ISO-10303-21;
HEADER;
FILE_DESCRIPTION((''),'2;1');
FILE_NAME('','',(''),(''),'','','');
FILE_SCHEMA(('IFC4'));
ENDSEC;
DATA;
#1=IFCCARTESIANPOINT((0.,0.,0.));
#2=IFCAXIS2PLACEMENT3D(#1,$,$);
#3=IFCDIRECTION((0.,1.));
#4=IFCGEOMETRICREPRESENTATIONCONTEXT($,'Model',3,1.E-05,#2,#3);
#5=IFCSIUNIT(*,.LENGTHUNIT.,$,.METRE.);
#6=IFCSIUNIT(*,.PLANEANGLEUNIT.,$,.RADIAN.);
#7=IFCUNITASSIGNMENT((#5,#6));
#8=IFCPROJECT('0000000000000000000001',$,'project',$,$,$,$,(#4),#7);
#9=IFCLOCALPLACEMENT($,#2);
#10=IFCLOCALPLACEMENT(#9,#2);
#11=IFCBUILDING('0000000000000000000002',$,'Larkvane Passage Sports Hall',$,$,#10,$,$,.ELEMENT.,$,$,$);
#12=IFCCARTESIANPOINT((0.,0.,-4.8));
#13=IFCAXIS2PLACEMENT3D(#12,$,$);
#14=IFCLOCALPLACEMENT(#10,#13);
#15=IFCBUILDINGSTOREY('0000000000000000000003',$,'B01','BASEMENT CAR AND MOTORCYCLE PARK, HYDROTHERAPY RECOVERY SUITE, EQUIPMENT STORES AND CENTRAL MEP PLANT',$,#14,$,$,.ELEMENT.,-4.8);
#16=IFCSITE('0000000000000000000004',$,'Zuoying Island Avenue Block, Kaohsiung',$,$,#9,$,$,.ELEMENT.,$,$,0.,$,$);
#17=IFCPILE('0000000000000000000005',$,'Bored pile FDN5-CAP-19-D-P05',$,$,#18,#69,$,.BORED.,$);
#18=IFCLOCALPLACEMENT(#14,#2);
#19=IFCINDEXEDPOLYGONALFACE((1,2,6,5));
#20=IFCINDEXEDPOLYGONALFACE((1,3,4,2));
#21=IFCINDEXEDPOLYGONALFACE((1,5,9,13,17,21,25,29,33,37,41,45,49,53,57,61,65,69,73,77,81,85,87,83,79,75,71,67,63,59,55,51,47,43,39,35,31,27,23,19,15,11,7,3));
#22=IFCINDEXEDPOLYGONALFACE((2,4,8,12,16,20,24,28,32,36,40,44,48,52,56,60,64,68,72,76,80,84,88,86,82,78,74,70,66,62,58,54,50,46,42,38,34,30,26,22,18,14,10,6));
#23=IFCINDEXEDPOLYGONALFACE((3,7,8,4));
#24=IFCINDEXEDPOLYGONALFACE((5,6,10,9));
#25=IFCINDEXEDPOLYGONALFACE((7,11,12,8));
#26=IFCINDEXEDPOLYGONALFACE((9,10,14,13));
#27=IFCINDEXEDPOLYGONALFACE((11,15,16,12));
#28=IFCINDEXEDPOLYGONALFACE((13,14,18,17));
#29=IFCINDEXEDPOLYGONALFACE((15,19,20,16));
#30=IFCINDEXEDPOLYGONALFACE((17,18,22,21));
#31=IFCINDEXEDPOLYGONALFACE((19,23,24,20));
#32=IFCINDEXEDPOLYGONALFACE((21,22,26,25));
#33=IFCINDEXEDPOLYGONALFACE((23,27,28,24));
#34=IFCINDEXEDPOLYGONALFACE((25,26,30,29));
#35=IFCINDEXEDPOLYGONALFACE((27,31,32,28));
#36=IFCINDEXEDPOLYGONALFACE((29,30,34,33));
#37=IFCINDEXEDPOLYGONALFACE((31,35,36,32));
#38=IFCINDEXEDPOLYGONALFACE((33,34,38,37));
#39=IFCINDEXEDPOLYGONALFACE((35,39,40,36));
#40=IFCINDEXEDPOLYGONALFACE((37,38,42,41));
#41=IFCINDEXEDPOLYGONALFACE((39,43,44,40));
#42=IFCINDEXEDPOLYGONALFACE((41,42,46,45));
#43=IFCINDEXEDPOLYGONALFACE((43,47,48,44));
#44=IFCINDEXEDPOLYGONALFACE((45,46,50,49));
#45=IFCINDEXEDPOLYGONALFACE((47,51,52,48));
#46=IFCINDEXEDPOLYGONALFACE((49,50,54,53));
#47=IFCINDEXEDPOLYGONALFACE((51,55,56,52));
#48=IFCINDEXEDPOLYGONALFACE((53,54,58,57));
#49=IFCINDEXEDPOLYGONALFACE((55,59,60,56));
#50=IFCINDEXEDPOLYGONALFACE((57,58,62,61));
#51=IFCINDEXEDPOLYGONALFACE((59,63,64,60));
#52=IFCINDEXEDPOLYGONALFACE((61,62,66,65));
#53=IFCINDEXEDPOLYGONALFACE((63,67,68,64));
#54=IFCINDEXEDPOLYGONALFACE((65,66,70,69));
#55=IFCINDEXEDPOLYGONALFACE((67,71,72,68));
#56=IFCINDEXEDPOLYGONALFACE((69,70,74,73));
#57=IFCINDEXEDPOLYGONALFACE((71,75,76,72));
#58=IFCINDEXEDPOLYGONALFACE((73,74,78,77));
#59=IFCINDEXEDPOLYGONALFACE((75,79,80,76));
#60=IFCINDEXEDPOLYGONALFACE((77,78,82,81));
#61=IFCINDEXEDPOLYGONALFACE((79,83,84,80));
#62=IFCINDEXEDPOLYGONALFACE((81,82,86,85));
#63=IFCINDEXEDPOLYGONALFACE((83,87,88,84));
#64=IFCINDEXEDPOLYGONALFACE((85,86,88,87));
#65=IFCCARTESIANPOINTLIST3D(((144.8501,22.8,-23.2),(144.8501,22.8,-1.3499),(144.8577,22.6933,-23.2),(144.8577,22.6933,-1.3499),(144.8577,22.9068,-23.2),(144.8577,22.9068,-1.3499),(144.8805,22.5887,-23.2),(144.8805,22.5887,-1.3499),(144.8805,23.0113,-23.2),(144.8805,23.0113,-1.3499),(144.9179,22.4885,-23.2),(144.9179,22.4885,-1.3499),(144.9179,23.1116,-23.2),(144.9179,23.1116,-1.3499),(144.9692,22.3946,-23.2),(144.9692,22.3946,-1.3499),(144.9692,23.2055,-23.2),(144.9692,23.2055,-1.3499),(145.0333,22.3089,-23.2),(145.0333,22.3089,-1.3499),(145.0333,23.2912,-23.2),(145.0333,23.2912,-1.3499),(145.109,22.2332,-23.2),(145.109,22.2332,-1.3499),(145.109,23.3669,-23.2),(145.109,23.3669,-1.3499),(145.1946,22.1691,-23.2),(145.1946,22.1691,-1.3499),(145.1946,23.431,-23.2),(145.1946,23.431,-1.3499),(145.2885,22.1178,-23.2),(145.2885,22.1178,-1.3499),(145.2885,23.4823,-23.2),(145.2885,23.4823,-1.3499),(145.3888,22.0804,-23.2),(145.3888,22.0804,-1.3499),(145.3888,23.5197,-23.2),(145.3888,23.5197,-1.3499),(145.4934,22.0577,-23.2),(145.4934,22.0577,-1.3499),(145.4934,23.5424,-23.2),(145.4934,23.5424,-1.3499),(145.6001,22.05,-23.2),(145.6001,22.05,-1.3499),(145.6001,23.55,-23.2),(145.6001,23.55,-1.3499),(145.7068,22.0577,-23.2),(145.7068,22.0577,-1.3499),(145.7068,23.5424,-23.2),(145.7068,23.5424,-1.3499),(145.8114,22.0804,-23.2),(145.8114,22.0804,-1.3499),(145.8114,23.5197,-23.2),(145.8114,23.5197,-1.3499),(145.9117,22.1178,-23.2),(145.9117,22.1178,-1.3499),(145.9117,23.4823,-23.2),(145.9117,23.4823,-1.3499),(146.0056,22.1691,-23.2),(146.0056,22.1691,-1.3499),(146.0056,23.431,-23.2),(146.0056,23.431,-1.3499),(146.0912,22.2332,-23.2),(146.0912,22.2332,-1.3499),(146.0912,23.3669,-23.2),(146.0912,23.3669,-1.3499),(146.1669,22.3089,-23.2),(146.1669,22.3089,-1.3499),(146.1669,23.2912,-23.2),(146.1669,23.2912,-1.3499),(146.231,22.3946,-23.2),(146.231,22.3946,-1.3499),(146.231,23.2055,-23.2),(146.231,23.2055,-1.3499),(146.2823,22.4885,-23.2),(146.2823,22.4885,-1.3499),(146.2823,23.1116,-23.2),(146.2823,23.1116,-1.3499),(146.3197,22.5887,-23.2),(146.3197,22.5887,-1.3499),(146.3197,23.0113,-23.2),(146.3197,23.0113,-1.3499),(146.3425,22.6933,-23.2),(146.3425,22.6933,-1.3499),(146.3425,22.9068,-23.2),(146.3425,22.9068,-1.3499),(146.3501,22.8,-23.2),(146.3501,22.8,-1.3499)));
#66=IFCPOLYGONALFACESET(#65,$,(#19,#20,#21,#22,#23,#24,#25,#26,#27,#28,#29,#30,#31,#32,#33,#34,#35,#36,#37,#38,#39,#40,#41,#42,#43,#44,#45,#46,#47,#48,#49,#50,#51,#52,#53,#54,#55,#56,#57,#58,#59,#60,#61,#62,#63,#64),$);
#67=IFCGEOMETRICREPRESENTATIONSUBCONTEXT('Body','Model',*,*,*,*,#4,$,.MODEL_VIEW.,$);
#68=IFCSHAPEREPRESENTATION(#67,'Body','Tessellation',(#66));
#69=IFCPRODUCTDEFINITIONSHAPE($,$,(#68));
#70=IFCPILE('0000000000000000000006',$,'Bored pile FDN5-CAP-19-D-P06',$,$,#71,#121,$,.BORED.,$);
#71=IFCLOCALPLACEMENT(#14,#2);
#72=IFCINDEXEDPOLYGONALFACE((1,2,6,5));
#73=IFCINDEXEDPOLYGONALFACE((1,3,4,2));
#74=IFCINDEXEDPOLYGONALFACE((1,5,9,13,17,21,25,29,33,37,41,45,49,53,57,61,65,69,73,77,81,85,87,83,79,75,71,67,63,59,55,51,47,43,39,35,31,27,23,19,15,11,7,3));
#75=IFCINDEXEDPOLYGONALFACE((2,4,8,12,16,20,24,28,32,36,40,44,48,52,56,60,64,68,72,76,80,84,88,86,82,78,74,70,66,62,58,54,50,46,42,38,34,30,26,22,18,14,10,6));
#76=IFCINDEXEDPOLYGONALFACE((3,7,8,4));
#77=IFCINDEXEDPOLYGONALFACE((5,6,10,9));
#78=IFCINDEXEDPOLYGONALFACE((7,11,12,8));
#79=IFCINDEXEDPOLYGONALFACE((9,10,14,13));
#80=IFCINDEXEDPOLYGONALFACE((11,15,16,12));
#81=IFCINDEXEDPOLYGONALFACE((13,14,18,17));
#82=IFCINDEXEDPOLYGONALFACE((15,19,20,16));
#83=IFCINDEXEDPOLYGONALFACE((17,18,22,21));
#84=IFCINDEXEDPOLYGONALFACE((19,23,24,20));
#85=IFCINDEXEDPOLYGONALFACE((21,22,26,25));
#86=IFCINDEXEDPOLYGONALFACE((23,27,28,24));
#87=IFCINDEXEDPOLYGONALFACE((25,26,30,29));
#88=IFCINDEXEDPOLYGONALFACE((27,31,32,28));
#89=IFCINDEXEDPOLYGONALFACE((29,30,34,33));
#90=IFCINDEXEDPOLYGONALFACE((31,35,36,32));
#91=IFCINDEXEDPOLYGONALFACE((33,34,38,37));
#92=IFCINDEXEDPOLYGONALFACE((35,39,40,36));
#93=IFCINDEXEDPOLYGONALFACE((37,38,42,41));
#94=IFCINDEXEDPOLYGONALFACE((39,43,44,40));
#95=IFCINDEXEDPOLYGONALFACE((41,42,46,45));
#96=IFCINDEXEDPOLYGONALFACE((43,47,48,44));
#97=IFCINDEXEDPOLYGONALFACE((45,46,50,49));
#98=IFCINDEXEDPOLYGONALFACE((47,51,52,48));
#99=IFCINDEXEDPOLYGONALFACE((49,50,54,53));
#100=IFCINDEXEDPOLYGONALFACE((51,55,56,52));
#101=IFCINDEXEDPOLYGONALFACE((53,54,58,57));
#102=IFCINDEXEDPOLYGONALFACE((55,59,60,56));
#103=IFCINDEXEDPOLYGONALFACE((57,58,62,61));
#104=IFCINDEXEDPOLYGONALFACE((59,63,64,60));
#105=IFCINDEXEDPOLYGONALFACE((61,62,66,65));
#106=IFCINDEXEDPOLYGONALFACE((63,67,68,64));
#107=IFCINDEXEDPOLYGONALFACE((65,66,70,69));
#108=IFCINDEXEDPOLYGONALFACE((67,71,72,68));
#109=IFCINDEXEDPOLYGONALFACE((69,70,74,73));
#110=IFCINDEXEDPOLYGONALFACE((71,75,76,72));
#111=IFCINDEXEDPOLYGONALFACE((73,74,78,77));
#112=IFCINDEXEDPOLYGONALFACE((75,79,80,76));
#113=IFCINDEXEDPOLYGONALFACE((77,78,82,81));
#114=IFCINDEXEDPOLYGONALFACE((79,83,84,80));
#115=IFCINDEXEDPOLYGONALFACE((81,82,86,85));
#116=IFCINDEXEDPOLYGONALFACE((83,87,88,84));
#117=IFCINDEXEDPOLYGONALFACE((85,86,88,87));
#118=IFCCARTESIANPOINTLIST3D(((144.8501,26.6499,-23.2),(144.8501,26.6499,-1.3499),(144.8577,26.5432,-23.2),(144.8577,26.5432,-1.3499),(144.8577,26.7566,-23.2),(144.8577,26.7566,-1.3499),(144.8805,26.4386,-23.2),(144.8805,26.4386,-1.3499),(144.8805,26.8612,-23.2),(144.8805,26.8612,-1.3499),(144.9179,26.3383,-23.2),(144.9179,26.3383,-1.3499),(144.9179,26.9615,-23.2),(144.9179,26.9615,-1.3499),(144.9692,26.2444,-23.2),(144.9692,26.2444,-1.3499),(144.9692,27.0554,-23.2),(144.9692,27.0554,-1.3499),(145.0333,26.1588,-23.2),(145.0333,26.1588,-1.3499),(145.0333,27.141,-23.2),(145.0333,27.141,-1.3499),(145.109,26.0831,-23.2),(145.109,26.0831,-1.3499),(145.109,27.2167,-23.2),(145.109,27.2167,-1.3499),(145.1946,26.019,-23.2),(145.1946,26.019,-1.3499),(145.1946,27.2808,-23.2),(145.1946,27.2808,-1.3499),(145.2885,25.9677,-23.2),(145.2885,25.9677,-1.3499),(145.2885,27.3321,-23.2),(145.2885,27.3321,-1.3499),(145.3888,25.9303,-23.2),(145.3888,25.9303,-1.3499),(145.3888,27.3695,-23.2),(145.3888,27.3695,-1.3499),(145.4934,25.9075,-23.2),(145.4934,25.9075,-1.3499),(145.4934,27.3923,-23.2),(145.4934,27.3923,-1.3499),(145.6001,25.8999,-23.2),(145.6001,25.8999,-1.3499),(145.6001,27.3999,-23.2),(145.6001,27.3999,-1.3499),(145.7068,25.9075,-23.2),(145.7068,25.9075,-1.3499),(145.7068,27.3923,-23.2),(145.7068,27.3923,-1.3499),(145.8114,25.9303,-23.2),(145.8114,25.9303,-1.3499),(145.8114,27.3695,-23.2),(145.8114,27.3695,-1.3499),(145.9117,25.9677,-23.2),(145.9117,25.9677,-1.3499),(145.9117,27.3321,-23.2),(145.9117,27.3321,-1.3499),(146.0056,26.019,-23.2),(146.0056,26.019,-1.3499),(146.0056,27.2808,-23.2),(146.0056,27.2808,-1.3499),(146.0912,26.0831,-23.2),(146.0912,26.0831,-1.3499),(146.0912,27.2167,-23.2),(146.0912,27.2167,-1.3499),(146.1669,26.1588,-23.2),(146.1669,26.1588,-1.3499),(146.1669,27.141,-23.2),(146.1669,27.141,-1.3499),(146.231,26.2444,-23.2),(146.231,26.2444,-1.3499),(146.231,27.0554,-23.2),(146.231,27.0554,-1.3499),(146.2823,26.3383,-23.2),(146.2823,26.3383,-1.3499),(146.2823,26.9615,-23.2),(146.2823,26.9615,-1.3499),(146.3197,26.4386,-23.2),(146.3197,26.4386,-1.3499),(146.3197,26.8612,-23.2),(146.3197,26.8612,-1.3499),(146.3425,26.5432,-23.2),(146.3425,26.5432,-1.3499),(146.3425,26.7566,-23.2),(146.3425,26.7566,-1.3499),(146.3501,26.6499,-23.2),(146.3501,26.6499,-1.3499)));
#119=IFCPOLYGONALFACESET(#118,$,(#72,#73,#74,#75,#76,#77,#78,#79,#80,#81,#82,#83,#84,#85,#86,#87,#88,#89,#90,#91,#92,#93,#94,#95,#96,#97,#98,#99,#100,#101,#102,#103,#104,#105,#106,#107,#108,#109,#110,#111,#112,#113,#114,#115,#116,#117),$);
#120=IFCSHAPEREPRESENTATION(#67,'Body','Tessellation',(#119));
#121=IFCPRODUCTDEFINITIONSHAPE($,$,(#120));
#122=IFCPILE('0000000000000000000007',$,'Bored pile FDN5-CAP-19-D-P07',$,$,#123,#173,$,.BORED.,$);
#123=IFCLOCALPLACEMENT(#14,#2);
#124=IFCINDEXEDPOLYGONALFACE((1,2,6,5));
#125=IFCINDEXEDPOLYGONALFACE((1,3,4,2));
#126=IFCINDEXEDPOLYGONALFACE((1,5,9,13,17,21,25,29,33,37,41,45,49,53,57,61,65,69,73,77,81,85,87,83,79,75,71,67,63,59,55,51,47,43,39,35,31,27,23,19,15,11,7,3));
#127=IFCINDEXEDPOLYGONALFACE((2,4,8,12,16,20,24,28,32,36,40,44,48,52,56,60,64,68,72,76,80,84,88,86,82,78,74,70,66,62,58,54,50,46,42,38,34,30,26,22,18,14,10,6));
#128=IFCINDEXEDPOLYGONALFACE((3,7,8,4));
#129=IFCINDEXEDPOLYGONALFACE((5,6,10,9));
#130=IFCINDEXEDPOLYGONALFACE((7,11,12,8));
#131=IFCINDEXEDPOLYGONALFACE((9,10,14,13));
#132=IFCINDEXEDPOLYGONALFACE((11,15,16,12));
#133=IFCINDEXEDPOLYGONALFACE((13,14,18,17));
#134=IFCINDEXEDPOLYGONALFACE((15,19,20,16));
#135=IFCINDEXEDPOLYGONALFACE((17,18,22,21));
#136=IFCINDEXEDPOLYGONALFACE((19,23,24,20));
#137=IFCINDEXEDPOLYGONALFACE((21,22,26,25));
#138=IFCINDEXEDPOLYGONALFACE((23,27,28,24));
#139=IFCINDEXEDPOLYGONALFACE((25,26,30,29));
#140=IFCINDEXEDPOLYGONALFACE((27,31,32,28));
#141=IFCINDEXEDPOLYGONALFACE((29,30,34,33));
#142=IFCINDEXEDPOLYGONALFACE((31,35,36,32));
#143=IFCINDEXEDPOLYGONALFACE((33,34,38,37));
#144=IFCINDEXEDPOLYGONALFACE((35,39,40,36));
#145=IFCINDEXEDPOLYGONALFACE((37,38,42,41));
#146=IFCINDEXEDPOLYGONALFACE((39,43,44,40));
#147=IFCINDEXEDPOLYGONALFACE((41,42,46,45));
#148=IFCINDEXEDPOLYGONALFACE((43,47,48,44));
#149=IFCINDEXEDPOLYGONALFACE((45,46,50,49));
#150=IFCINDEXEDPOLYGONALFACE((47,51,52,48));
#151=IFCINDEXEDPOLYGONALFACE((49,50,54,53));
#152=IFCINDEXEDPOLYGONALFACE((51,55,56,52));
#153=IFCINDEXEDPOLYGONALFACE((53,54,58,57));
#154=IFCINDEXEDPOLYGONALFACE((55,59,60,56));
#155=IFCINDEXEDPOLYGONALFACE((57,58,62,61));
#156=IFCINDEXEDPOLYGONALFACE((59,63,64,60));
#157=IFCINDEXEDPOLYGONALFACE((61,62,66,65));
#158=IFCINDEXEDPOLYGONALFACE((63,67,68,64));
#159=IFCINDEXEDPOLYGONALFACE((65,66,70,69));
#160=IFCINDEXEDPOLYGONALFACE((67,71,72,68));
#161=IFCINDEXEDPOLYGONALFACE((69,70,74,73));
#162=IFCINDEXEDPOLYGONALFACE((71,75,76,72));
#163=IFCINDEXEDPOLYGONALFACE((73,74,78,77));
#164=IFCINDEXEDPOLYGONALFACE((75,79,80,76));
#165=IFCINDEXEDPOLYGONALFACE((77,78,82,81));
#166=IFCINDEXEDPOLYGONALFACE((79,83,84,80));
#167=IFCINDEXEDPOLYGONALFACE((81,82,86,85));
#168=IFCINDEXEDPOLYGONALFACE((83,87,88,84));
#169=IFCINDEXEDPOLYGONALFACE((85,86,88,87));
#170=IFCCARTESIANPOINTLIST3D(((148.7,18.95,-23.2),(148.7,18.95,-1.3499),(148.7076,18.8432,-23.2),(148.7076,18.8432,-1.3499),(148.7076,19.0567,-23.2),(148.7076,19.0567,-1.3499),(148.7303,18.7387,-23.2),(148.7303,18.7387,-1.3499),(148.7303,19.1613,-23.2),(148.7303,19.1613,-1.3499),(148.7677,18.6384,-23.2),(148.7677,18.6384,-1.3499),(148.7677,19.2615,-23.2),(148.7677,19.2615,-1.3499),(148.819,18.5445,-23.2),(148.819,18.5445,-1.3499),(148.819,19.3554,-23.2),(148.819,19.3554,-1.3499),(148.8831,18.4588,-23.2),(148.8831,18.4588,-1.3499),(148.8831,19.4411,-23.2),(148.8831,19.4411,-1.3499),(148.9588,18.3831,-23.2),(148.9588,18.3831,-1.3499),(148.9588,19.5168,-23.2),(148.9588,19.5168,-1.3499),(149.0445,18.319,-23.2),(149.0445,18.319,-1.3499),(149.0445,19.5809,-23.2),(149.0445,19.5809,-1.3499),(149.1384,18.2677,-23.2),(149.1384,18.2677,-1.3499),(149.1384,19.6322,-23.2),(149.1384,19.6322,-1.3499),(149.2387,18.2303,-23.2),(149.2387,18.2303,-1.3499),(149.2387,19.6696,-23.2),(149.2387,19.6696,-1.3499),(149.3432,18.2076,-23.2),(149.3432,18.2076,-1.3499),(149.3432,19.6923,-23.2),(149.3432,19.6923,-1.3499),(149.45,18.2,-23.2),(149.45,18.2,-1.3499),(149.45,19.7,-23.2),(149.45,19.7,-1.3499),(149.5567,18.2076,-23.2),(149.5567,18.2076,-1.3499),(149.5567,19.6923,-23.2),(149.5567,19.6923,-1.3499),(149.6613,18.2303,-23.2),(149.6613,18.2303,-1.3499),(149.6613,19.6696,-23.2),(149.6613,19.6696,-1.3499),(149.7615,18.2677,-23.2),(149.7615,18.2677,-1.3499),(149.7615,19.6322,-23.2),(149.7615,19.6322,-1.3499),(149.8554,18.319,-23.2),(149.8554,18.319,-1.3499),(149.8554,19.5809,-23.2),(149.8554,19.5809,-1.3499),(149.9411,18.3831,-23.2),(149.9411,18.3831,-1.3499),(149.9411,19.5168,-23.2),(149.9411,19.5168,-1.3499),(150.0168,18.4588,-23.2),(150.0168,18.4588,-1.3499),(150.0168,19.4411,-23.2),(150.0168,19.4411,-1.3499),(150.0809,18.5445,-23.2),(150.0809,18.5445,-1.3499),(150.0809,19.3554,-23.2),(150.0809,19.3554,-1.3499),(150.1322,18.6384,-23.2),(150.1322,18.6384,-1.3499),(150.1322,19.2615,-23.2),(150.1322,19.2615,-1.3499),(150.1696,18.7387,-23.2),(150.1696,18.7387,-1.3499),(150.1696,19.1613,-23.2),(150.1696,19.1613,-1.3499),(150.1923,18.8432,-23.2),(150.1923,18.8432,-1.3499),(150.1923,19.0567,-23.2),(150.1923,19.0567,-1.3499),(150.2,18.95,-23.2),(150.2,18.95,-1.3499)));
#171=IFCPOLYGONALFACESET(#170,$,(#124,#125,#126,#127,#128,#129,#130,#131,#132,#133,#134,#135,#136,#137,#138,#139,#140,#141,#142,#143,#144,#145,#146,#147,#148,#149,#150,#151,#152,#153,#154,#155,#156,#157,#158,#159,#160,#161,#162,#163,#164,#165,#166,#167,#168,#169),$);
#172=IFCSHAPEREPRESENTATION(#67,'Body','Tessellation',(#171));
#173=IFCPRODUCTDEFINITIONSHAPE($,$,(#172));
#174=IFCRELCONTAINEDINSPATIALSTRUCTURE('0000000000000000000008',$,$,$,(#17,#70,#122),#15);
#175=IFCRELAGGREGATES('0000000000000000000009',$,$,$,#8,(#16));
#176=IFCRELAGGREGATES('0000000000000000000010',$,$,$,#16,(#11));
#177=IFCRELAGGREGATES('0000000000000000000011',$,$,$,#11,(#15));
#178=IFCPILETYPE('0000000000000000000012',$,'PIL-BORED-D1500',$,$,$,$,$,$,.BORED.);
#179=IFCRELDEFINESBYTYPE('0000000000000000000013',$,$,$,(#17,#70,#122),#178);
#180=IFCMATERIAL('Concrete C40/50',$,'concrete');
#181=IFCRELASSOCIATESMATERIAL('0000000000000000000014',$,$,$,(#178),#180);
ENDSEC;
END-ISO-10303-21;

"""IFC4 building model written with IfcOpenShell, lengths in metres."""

from ifc_helpers import new_model, si_unit, direction, frame, origin, origin_2d, place, context, subcontext, project, spatial, circle, extrude, material, material_profile, profile_set, type_object, element, save


model = new_model("IFC4")

# Units and contexts
model_context = context("Model", 3, precision=1e-05, world=origin(), true_north=direction((0.0, 1.0)))
body_context = subcontext(model_context, "Body", "Model", "MODEL_VIEW")
ifc_project = project(units=[si_unit("LENGTHUNIT", "METRE"), si_unit("PLANEANGLEUNIT", "RADIAN")], contexts=[model_context])

# Site, building, storey
site_placement = place(None, origin())
site = spatial("IfcSite", under=ifc_project, at=site_placement, Name="Zuoying Island Avenue Block, Kaohsiung", CompositionType="ELEMENT", RefElevation=0.0)
building_placement = place(site_placement, origin())
building = spatial("IfcBuilding", under=site, at=building_placement, Name="Larkvane Passage Sports Hall", CompositionType="ELEMENT")
storey_placement = place(building_placement, frame((0.0, 0.0, -4.8)))
storey = spatial("IfcBuildingStorey", under=building, at=storey_placement, Name="B01", Description="BASEMENT CAR AND MOTORCYCLE PARK, HYDROTHERAPY RECOVERY SUITE, EQUIPMENT STORES AND CENTRAL MEP PLANT", CompositionType="ELEMENT", Elevation=-4.8)

# Shared definitions
ifc_material_1 = material(Name="Concrete C40/50", Category="concrete")

# Piles
ifc_material_profile_1 = material_profile(ifc_material_1, circle(Radius=0.75, at=origin_2d()), Name="PILE-D1500")
ifc_profile_set_1 = profile_set([ifc_material_profile_1], Name="Concrete C40/50")
pile_type_1 = type_object("IfcPileType", Name="PIL-BORED-D1500", PredefinedType="BORED", material=ifc_profile_set_1)
for number, where, z_axis, x_axis, name in (
    (1, (145.6001, 22.8, -1.3499), (0.0, 0.0, -1.0), (1.0, 0.0, 0.0), "Bored pile FDN5-CAP-19-D-P05"),
    (2, (145.6001, 26.6499, -1.3499), (0.0, 0.0, -1.0), (1.0, 0.0, 0.0), "Bored pile FDN5-CAP-19-D-P06"),
    (3, (149.45, 18.95, -1.3499), (0.0, 0.0, -1.0), (1.0, 0.0, 0.0), "Bored pile FDN5-CAP-19-D-P07"),
):
    element("IfcPile", number, at=place(storey_placement, frame(where, z_axis=z_axis, x_axis=x_axis)), inside=storey, type_object=pile_type_1, Name=name, PredefinedType="BORED", context=body_context, shape_type="SweptSolid", body=[
        extrude(circle(Radius=0.75, at=origin_2d()), origin(), (0.0, 0.0, 1.0), 21.8501),
    ])

save(model, "model.ifc")
